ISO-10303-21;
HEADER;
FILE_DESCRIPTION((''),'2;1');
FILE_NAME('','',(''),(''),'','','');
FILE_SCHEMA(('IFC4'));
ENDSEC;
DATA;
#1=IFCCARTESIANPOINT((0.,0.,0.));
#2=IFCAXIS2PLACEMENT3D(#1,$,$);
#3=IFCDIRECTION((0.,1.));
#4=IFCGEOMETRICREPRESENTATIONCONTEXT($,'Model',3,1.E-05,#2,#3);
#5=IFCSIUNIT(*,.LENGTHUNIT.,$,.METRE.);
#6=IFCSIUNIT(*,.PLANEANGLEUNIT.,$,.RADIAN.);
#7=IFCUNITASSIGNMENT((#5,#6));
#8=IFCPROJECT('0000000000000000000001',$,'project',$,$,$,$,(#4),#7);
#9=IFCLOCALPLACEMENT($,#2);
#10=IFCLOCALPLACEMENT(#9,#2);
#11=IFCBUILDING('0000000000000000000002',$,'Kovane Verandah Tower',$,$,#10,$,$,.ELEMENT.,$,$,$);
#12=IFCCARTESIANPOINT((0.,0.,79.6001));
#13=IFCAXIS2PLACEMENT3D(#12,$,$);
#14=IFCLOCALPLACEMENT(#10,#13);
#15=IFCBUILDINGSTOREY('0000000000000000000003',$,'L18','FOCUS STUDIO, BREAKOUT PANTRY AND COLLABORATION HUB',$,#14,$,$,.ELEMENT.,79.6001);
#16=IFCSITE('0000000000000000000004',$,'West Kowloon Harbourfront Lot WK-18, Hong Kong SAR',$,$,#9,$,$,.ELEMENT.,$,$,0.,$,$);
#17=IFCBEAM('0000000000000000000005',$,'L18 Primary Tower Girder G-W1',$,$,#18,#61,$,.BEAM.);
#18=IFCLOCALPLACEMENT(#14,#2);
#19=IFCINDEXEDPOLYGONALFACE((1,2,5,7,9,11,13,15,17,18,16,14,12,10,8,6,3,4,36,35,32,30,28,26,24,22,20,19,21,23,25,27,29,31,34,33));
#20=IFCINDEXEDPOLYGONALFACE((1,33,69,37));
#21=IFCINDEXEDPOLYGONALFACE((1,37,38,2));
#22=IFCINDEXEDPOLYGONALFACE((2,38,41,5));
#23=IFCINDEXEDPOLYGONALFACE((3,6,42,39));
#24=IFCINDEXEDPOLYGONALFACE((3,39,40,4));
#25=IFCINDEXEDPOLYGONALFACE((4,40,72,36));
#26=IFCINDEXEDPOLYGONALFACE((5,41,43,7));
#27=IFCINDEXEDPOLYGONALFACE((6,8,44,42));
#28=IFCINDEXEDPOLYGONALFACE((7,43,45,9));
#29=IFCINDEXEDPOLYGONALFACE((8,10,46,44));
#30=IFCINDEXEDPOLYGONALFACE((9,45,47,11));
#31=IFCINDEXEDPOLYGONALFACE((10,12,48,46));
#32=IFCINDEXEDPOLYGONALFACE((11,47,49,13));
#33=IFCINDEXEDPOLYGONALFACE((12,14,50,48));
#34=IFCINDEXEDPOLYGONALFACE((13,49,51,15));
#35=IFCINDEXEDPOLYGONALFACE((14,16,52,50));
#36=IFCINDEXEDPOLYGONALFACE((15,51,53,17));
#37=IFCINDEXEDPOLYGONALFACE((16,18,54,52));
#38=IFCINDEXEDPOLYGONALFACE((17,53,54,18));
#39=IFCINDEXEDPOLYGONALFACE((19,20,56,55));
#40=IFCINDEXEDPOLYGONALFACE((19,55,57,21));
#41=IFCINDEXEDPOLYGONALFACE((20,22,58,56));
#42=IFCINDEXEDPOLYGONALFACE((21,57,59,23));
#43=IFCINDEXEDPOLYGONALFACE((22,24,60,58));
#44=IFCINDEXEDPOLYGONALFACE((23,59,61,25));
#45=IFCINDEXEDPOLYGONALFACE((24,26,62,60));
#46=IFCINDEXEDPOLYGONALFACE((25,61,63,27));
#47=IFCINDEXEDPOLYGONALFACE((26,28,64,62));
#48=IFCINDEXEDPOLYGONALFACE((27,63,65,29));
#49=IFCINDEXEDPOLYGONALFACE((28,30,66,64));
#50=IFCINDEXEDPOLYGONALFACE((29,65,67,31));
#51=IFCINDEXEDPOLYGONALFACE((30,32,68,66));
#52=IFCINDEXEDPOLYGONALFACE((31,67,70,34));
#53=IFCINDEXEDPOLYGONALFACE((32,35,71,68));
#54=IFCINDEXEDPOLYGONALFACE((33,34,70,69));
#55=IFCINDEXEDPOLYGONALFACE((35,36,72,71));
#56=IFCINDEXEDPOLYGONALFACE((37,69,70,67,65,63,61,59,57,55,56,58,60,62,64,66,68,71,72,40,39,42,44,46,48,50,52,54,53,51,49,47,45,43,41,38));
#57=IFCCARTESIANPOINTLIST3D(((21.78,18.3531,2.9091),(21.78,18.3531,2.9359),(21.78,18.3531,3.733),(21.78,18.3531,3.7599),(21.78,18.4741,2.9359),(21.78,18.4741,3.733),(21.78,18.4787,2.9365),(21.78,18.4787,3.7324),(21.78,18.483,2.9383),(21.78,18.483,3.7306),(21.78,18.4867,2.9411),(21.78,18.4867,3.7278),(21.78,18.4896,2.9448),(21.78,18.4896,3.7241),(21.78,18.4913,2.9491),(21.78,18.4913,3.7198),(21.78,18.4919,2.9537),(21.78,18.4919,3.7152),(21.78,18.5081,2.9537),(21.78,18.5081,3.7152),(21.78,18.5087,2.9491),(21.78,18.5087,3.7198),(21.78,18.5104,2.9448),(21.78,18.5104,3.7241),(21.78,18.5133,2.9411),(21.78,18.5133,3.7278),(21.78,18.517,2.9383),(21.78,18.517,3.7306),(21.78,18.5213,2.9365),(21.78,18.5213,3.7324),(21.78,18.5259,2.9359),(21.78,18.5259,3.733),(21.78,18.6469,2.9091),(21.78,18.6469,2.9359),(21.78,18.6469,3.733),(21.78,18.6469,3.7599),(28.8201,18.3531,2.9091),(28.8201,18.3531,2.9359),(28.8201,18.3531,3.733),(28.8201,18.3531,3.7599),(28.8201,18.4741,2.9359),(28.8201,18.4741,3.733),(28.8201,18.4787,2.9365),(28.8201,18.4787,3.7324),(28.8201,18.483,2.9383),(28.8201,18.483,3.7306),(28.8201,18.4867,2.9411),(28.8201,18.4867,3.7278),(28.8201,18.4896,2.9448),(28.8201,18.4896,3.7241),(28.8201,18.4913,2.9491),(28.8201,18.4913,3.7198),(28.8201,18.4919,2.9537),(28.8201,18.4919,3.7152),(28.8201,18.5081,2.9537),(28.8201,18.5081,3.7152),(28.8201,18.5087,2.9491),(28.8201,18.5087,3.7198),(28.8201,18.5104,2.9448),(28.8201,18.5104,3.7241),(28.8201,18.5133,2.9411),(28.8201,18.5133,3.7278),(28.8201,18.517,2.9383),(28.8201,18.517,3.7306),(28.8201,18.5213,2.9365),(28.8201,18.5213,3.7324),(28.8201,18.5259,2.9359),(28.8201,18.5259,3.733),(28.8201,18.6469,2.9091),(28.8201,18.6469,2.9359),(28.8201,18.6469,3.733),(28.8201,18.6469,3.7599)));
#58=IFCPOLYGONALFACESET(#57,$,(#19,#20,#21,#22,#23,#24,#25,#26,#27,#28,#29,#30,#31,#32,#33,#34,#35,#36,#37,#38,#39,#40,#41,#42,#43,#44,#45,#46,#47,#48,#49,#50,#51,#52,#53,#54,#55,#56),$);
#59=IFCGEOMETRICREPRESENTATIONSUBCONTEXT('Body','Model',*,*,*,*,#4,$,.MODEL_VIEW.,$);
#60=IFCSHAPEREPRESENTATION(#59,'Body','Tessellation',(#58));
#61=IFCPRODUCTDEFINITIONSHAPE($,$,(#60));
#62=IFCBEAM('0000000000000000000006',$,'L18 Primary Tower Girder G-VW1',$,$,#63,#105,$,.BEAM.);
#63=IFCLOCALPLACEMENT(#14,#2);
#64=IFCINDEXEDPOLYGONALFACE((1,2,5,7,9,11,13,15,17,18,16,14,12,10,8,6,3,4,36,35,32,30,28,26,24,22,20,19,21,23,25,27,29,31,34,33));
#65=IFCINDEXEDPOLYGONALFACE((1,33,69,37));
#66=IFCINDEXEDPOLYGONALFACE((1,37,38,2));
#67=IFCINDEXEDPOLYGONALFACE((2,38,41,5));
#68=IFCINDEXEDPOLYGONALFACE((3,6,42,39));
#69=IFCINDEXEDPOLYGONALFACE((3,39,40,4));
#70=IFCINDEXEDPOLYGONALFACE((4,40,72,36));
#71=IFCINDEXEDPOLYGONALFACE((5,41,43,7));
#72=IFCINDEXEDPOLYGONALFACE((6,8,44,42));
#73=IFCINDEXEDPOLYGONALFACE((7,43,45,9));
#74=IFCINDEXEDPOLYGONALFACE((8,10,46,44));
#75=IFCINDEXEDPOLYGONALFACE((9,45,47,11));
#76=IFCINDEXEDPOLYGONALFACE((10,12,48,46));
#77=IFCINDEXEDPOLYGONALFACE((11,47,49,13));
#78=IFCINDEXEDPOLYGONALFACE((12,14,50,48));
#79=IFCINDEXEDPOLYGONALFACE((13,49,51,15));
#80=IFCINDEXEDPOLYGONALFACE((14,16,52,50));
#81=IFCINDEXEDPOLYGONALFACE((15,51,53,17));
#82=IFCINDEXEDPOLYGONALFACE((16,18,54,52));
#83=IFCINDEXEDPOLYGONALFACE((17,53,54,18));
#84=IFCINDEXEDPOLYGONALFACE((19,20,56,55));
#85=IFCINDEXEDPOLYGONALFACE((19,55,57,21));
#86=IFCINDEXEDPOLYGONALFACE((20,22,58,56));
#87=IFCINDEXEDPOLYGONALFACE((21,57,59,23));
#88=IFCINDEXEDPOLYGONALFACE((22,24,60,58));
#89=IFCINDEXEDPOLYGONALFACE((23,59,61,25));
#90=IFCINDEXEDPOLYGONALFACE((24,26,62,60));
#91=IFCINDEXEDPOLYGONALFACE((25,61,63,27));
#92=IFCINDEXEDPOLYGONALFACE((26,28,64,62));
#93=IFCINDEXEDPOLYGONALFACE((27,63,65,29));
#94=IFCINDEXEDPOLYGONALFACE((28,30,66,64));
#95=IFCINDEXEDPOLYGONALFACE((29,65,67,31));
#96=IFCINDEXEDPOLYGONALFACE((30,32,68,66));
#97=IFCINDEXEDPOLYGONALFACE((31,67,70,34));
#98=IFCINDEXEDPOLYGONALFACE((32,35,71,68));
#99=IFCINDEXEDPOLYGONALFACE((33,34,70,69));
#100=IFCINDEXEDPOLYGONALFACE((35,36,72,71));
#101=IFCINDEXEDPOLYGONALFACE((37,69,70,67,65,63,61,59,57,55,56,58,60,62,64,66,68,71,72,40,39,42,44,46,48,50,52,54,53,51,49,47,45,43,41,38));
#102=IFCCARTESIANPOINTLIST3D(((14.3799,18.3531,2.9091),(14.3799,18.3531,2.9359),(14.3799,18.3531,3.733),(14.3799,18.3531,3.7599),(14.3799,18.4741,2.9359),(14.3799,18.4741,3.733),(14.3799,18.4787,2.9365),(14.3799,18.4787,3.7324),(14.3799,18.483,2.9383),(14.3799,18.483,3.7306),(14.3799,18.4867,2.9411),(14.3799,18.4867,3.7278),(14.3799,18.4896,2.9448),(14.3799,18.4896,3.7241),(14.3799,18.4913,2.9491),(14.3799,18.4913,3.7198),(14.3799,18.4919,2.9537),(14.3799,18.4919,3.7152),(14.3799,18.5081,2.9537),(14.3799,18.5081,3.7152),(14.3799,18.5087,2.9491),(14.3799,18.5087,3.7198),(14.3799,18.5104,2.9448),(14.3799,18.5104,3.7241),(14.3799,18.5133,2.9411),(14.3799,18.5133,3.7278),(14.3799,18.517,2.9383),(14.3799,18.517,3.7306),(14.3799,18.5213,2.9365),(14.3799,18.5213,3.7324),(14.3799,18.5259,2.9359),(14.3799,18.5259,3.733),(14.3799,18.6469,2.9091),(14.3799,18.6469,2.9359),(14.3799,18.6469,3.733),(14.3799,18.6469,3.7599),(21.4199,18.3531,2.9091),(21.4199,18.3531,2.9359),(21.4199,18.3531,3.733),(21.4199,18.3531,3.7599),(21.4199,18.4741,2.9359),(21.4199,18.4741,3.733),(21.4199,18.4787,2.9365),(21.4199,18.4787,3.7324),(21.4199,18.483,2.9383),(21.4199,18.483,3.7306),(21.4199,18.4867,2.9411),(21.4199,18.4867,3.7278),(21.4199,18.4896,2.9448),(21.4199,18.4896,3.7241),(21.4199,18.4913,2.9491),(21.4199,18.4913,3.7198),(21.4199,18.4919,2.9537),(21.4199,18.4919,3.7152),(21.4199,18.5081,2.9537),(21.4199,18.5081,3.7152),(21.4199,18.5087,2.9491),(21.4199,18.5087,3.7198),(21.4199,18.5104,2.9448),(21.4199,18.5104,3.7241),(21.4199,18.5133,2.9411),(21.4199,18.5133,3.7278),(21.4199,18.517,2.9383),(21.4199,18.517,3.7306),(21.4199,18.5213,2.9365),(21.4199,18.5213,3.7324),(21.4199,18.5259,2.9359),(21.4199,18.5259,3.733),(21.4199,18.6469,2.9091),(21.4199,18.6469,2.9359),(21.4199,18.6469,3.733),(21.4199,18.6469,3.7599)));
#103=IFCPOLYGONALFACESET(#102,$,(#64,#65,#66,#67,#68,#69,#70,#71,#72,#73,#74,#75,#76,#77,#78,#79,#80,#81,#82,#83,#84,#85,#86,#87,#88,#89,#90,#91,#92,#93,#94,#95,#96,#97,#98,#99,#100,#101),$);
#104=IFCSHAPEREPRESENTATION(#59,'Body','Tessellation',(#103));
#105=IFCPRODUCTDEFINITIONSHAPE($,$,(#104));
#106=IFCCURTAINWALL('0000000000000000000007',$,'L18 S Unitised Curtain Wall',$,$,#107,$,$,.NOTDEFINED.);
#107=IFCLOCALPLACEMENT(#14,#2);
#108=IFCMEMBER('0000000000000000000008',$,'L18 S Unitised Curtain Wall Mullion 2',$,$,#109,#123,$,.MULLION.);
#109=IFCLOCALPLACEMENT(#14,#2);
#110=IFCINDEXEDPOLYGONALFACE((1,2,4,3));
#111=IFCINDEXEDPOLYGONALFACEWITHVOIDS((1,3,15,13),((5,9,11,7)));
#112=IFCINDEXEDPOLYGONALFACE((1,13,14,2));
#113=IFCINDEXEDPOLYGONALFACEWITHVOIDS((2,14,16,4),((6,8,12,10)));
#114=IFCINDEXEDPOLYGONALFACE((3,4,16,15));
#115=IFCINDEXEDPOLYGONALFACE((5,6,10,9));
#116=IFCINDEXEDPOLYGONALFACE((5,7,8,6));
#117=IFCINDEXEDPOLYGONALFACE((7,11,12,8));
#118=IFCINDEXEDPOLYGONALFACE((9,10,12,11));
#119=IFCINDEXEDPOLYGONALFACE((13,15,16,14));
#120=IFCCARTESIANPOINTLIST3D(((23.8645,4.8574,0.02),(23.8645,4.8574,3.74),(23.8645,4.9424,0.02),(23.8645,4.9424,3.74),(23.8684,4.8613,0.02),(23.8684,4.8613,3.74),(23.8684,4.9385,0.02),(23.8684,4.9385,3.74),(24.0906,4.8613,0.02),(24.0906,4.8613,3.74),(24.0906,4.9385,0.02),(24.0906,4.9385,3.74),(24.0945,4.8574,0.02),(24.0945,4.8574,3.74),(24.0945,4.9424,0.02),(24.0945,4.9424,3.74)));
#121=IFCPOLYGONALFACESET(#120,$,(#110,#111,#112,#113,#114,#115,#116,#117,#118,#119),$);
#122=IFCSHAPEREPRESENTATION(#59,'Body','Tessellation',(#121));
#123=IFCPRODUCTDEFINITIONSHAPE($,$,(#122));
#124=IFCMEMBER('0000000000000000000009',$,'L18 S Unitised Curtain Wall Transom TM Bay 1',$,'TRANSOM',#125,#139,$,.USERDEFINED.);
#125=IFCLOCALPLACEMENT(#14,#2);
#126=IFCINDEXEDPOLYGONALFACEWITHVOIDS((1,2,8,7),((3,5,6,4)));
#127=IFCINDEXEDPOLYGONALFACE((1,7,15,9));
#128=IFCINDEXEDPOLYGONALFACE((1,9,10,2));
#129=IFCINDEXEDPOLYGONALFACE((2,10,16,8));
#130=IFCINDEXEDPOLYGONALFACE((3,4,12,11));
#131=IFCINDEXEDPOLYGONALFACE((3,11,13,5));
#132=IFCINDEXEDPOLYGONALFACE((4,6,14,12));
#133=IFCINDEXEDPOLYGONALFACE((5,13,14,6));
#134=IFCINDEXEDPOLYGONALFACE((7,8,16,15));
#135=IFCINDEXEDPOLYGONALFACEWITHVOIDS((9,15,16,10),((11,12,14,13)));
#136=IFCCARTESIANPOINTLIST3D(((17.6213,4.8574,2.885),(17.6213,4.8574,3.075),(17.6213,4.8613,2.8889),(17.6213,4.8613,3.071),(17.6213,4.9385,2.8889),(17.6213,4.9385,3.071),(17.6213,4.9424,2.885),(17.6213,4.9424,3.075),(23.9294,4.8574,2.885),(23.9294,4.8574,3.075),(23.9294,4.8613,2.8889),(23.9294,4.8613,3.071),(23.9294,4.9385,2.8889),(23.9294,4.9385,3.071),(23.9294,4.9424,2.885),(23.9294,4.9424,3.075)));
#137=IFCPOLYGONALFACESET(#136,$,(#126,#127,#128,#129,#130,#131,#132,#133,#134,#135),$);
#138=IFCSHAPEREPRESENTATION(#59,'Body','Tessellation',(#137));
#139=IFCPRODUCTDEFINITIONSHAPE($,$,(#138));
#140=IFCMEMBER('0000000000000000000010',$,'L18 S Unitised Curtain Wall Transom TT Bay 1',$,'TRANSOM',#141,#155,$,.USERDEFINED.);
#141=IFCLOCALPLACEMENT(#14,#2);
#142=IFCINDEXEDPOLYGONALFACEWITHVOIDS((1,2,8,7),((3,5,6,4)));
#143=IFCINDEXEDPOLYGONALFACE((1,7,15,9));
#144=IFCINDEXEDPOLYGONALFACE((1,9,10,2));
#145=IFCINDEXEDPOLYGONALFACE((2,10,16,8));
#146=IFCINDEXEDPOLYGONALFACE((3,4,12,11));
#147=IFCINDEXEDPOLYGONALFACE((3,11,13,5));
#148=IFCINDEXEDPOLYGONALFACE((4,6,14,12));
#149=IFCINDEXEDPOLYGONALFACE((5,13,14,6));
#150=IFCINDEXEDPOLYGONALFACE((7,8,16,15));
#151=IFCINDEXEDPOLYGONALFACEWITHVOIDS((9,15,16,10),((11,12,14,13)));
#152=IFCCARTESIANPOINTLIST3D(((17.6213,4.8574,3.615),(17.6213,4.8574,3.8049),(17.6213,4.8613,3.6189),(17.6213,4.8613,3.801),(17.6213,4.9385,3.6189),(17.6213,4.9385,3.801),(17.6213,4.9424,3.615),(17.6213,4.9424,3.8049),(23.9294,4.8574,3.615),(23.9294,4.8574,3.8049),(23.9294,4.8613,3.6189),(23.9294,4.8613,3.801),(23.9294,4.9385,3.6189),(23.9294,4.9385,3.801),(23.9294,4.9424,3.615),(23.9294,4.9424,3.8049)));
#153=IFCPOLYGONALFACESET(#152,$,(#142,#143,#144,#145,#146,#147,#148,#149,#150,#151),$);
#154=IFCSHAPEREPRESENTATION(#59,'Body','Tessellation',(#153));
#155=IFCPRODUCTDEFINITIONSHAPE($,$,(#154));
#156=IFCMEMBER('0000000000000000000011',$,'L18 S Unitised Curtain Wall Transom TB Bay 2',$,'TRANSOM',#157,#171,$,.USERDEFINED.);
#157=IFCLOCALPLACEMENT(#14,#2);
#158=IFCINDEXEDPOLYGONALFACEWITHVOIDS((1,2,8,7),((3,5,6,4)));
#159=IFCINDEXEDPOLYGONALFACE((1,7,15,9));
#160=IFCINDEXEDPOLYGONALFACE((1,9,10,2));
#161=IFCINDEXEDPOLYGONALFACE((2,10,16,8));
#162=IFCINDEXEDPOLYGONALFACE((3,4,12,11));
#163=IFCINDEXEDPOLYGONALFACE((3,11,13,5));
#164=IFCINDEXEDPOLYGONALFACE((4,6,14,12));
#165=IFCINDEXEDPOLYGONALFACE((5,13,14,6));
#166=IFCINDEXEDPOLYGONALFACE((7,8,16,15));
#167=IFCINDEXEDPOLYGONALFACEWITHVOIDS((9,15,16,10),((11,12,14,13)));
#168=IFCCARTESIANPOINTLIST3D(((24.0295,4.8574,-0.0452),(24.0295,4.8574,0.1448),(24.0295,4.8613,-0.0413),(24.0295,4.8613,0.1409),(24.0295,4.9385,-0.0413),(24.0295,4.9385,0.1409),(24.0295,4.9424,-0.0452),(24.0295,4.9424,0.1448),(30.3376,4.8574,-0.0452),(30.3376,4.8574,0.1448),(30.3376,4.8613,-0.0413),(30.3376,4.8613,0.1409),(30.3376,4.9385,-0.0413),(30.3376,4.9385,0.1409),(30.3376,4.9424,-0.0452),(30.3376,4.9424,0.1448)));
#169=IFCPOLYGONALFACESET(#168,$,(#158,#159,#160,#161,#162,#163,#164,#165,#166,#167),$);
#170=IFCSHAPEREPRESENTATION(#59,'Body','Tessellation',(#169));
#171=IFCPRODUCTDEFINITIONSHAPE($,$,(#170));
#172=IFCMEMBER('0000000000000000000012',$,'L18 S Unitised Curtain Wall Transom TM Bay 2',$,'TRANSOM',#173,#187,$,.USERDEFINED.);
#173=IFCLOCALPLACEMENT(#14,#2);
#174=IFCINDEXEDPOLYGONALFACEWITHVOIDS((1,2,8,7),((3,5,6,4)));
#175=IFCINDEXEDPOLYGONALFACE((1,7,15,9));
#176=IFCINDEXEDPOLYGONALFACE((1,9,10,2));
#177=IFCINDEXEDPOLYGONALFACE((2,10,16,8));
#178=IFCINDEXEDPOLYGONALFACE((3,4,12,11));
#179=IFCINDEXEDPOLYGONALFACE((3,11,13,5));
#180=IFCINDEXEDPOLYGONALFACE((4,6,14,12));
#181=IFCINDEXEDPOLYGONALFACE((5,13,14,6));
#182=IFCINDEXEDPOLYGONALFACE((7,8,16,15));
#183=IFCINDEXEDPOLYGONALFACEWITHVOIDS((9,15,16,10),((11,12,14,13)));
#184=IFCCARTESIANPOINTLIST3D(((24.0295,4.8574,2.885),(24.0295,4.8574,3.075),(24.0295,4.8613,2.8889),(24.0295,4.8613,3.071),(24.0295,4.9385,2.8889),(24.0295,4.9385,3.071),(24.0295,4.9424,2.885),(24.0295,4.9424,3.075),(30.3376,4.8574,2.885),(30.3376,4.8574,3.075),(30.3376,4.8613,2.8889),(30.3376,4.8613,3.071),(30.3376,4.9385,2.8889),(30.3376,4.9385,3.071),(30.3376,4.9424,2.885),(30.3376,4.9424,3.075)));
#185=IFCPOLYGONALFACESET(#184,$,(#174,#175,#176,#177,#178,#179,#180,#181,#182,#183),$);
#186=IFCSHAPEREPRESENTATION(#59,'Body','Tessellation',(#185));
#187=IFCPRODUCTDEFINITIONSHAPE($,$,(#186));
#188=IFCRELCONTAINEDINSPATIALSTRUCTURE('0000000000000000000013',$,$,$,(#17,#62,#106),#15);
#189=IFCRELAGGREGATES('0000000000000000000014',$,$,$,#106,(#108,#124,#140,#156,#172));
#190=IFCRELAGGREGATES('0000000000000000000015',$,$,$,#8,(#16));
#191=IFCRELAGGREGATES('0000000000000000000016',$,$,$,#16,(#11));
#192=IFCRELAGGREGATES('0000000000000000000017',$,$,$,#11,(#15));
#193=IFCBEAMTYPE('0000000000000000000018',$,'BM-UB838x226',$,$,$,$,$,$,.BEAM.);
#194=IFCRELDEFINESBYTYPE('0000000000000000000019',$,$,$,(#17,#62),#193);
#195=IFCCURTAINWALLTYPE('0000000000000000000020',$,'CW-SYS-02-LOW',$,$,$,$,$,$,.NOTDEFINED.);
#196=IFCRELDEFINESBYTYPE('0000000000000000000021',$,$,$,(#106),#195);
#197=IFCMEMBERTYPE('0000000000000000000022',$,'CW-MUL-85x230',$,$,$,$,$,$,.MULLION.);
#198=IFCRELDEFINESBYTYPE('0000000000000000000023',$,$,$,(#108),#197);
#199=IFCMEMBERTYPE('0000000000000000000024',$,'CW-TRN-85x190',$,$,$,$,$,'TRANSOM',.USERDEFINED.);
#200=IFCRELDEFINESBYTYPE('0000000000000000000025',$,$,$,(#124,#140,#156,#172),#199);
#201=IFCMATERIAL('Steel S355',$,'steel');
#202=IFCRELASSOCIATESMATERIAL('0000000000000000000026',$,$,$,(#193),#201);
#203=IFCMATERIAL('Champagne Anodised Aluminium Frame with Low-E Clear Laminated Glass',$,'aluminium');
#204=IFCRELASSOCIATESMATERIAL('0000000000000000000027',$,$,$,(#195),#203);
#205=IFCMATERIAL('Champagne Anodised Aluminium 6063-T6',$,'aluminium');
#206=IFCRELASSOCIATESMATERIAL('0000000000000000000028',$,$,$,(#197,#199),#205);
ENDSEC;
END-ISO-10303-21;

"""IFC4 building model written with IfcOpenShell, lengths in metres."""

from ifc_helpers import new_model, si_unit, direction, frame, origin, origin_2d, place, context, subcontext, project, spatial, hollow_rectangle, i_section, extrude, material, material_profile, profile_set, type_object, element, aggregate, save


model = new_model("IFC4")

# Units and contexts
model_context = context("Model", 3, precision=1e-05, world=origin(), true_north=direction((0.0, 1.0)))
body_context = subcontext(model_context, "Body", "Model", "MODEL_VIEW")
ifc_project = project(units=[si_unit("LENGTHUNIT", "METRE"), si_unit("PLANEANGLEUNIT", "RADIAN")], contexts=[model_context])

# Site, building, storey
site_placement = place(None, origin())
site = spatial("IfcSite", under=ifc_project, at=site_placement, Name="West Kowloon Harbourfront Lot WK-18, Hong Kong SAR", CompositionType="ELEMENT", RefElevation=0.0)
building_placement = place(site_placement, origin())
building = spatial("IfcBuilding", under=site, at=building_placement, Name="Kovane Verandah Tower", CompositionType="ELEMENT")
storey_placement = place(building_placement, frame((0.0, 0.0, 79.6001)))
storey = spatial("IfcBuildingStorey", under=building, at=storey_placement, Name="L18", Description="FOCUS STUDIO, BREAKOUT PANTRY AND COLLABORATION HUB", CompositionType="ELEMENT", Elevation=79.6001)

# Beams
ifc_material_1 = material(Name="Steel S355", Category="steel")
ifc_material_profile_1 = material_profile(ifc_material_1, i_section(OverallWidth=0.2937, OverallDepth=0.8508, WebThickness=0.0161, FlangeThickness=0.0269, FilletRadius=0.0178, at=origin_2d()), Name="UB838x292x226")
ifc_profile_set_1 = profile_set([ifc_material_profile_1], Name="Steel S355")
beam_type_1 = type_object("IfcBeamType", Name="BM-UB838x226", PredefinedType="BEAM", material=ifc_profile_set_1)
for number, where, z_axis, x_axis, name in (
    (1, (28.8201, 18.5, 3.3345), (-1.0, 0.0, 0.0), (0.0, -1.0, 0.0), "L18 Primary Tower Girder G-W1"),
    (2, (21.4199, 18.5, 3.3345), (-1.0, 0.0, 0.0), (0.0, -1.0, 0.0), "L18 Primary Tower Girder G-VW1"),
):
    element("IfcBeam", number, at=place(storey_placement, frame(where, z_axis=z_axis, x_axis=x_axis)), inside=storey, type_object=beam_type_1, Name=name, PredefinedType="BEAM", context=body_context, shape_type="SweptSolid", body=[
        extrude(i_section(OverallWidth=0.2937, OverallDepth=0.8508, WebThickness=0.0161, FlangeThickness=0.0269, FilletRadius=0.0178, at=origin_2d()), origin(), (0.0, 0.0, 1.0), 7.04),
    ])

# Curtain wall, members
ifc_material_2 = material(Name="Champagne Anodised Aluminium Frame with Low-E Clear Laminated Glass", Category="aluminium")
curtain_wall_type = type_object("IfcCurtainWallType", Name="CW-SYS-02-LOW", PredefinedType="NOTDEFINED", material=ifc_material_2)
curtain_wall_placement = place(storey_placement, origin())
curtain_wall = element("IfcCurtainWall", 3, at=curtain_wall_placement, inside=storey, type_object=curtain_wall_type, Name="L18 S Unitised Curtain Wall", PredefinedType="NOTDEFINED")
ifc_material_3 = material(Name="Champagne Anodised Aluminium 6063-T6", Category="aluminium")
ifc_material_profile_2 = material_profile(ifc_material_3, hollow_rectangle(XDim=0.085, YDim=0.23, WallThickness=0.0039, at=origin_2d()), Name="AL85x230x4")
ifc_profile_set_2 = profile_set([ifc_material_profile_2], Name="Champagne Anodised Aluminium 6063-T6")
member_type_1 = type_object("IfcMemberType", Name="CW-MUL-85x230", PredefinedType="MULLION", material=ifc_profile_set_2)
member_1_placement = place(storey_placement, frame((23.9795, 4.8999, 0.02), z_axis=(0.0, 0.0, 1.0), x_axis=(0.0, -1.0, 0.0)))
member_1 = element("IfcMember", 4, at=member_1_placement, type_object=member_type_1, Name="L18 S Unitised Curtain Wall Mullion 2", PredefinedType="MULLION", context=body_context, shape_type="SweptSolid", body=[
    extrude(hollow_rectangle(XDim=0.085, YDim=0.23, WallThickness=0.0039, at=origin_2d()), origin(), (0.0, 0.0, 1.0), 3.72),
])
ifc_material_profile_3 = material_profile(ifc_material_3, hollow_rectangle(XDim=0.085, YDim=0.1899, WallThickness=0.0039, at=origin_2d()), Name="AL85x190x4")
ifc_profile_set_3 = profile_set([ifc_material_profile_3], Name="Champagne Anodised Aluminium 6063-T6")
member_type_2 = type_object("IfcMemberType", Name="CW-TRN-85x190", ElementType="TRANSOM", PredefinedType="USERDEFINED", material=ifc_profile_set_3)
member_2_placement = place(storey_placement, frame((17.6213, 4.8999, 2.98), z_axis=(1.0, 0.0, 0.0), x_axis=(0.0, 1.0, 0.0)))
member_2 = element("IfcMember", 5, at=member_2_placement, type_object=member_type_2, Name="L18 S Unitised Curtain Wall Transom TM Bay 1", ObjectType="TRANSOM", PredefinedType="USERDEFINED", context=body_context, shape_type="SweptSolid", body=[
    extrude(hollow_rectangle(XDim=0.085, YDim=0.1899, WallThickness=0.0039, at=origin_2d()), origin(), (0.0, 0.0, 1.0), 6.3081),
])
member_3_placement = place(storey_placement, frame((17.6213, 4.8999, 3.71), z_axis=(1.0, 0.0, 0.0), x_axis=(0.0, 1.0, 0.0)))
member_3 = element("IfcMember", 6, at=member_3_placement, type_object=member_type_2, Name="L18 S Unitised Curtain Wall Transom TT Bay 1", ObjectType="TRANSOM", PredefinedType="USERDEFINED", context=body_context, shape_type="SweptSolid", body=[
    extrude(hollow_rectangle(XDim=0.085, YDim=0.1899, WallThickness=0.0039, at=origin_2d()), origin(), (0.0, 0.0, 1.0), 6.3081),
])
member_4_placement = place(storey_placement, frame((24.0295, 4.8999, 0.0498), z_axis=(1.0, 0.0, 0.0), x_axis=(0.0, 1.0, 0.0)))
member_4 = element("IfcMember", 7, at=member_4_placement, type_object=member_type_2, Name="L18 S Unitised Curtain Wall Transom TB Bay 2", ObjectType="TRANSOM", PredefinedType="USERDEFINED", context=body_context, shape_type="SweptSolid", body=[
    extrude(hollow_rectangle(XDim=0.085, YDim=0.1899, WallThickness=0.0039, at=origin_2d()), origin(), (0.0, 0.0, 1.0), 6.3081),
])
member_5_placement = place(storey_placement, frame((24.0295, 4.8999, 2.98), z_axis=(1.0, 0.0, 0.0), x_axis=(0.0, 1.0, 0.0)))
member_5 = element("IfcMember", 8, at=member_5_placement, type_object=member_type_2, Name="L18 S Unitised Curtain Wall Transom TM Bay 2", ObjectType="TRANSOM", PredefinedType="USERDEFINED", context=body_context, shape_type="SweptSolid", body=[
    extrude(hollow_rectangle(XDim=0.085, YDim=0.1899, WallThickness=0.0039, at=origin_2d()), origin(), (0.0, 0.0, 1.0), 6.3081),
])

aggregate(curtain_wall, [member_1, member_2, member_3, member_4, member_5])

save(model, "model.ifc")
